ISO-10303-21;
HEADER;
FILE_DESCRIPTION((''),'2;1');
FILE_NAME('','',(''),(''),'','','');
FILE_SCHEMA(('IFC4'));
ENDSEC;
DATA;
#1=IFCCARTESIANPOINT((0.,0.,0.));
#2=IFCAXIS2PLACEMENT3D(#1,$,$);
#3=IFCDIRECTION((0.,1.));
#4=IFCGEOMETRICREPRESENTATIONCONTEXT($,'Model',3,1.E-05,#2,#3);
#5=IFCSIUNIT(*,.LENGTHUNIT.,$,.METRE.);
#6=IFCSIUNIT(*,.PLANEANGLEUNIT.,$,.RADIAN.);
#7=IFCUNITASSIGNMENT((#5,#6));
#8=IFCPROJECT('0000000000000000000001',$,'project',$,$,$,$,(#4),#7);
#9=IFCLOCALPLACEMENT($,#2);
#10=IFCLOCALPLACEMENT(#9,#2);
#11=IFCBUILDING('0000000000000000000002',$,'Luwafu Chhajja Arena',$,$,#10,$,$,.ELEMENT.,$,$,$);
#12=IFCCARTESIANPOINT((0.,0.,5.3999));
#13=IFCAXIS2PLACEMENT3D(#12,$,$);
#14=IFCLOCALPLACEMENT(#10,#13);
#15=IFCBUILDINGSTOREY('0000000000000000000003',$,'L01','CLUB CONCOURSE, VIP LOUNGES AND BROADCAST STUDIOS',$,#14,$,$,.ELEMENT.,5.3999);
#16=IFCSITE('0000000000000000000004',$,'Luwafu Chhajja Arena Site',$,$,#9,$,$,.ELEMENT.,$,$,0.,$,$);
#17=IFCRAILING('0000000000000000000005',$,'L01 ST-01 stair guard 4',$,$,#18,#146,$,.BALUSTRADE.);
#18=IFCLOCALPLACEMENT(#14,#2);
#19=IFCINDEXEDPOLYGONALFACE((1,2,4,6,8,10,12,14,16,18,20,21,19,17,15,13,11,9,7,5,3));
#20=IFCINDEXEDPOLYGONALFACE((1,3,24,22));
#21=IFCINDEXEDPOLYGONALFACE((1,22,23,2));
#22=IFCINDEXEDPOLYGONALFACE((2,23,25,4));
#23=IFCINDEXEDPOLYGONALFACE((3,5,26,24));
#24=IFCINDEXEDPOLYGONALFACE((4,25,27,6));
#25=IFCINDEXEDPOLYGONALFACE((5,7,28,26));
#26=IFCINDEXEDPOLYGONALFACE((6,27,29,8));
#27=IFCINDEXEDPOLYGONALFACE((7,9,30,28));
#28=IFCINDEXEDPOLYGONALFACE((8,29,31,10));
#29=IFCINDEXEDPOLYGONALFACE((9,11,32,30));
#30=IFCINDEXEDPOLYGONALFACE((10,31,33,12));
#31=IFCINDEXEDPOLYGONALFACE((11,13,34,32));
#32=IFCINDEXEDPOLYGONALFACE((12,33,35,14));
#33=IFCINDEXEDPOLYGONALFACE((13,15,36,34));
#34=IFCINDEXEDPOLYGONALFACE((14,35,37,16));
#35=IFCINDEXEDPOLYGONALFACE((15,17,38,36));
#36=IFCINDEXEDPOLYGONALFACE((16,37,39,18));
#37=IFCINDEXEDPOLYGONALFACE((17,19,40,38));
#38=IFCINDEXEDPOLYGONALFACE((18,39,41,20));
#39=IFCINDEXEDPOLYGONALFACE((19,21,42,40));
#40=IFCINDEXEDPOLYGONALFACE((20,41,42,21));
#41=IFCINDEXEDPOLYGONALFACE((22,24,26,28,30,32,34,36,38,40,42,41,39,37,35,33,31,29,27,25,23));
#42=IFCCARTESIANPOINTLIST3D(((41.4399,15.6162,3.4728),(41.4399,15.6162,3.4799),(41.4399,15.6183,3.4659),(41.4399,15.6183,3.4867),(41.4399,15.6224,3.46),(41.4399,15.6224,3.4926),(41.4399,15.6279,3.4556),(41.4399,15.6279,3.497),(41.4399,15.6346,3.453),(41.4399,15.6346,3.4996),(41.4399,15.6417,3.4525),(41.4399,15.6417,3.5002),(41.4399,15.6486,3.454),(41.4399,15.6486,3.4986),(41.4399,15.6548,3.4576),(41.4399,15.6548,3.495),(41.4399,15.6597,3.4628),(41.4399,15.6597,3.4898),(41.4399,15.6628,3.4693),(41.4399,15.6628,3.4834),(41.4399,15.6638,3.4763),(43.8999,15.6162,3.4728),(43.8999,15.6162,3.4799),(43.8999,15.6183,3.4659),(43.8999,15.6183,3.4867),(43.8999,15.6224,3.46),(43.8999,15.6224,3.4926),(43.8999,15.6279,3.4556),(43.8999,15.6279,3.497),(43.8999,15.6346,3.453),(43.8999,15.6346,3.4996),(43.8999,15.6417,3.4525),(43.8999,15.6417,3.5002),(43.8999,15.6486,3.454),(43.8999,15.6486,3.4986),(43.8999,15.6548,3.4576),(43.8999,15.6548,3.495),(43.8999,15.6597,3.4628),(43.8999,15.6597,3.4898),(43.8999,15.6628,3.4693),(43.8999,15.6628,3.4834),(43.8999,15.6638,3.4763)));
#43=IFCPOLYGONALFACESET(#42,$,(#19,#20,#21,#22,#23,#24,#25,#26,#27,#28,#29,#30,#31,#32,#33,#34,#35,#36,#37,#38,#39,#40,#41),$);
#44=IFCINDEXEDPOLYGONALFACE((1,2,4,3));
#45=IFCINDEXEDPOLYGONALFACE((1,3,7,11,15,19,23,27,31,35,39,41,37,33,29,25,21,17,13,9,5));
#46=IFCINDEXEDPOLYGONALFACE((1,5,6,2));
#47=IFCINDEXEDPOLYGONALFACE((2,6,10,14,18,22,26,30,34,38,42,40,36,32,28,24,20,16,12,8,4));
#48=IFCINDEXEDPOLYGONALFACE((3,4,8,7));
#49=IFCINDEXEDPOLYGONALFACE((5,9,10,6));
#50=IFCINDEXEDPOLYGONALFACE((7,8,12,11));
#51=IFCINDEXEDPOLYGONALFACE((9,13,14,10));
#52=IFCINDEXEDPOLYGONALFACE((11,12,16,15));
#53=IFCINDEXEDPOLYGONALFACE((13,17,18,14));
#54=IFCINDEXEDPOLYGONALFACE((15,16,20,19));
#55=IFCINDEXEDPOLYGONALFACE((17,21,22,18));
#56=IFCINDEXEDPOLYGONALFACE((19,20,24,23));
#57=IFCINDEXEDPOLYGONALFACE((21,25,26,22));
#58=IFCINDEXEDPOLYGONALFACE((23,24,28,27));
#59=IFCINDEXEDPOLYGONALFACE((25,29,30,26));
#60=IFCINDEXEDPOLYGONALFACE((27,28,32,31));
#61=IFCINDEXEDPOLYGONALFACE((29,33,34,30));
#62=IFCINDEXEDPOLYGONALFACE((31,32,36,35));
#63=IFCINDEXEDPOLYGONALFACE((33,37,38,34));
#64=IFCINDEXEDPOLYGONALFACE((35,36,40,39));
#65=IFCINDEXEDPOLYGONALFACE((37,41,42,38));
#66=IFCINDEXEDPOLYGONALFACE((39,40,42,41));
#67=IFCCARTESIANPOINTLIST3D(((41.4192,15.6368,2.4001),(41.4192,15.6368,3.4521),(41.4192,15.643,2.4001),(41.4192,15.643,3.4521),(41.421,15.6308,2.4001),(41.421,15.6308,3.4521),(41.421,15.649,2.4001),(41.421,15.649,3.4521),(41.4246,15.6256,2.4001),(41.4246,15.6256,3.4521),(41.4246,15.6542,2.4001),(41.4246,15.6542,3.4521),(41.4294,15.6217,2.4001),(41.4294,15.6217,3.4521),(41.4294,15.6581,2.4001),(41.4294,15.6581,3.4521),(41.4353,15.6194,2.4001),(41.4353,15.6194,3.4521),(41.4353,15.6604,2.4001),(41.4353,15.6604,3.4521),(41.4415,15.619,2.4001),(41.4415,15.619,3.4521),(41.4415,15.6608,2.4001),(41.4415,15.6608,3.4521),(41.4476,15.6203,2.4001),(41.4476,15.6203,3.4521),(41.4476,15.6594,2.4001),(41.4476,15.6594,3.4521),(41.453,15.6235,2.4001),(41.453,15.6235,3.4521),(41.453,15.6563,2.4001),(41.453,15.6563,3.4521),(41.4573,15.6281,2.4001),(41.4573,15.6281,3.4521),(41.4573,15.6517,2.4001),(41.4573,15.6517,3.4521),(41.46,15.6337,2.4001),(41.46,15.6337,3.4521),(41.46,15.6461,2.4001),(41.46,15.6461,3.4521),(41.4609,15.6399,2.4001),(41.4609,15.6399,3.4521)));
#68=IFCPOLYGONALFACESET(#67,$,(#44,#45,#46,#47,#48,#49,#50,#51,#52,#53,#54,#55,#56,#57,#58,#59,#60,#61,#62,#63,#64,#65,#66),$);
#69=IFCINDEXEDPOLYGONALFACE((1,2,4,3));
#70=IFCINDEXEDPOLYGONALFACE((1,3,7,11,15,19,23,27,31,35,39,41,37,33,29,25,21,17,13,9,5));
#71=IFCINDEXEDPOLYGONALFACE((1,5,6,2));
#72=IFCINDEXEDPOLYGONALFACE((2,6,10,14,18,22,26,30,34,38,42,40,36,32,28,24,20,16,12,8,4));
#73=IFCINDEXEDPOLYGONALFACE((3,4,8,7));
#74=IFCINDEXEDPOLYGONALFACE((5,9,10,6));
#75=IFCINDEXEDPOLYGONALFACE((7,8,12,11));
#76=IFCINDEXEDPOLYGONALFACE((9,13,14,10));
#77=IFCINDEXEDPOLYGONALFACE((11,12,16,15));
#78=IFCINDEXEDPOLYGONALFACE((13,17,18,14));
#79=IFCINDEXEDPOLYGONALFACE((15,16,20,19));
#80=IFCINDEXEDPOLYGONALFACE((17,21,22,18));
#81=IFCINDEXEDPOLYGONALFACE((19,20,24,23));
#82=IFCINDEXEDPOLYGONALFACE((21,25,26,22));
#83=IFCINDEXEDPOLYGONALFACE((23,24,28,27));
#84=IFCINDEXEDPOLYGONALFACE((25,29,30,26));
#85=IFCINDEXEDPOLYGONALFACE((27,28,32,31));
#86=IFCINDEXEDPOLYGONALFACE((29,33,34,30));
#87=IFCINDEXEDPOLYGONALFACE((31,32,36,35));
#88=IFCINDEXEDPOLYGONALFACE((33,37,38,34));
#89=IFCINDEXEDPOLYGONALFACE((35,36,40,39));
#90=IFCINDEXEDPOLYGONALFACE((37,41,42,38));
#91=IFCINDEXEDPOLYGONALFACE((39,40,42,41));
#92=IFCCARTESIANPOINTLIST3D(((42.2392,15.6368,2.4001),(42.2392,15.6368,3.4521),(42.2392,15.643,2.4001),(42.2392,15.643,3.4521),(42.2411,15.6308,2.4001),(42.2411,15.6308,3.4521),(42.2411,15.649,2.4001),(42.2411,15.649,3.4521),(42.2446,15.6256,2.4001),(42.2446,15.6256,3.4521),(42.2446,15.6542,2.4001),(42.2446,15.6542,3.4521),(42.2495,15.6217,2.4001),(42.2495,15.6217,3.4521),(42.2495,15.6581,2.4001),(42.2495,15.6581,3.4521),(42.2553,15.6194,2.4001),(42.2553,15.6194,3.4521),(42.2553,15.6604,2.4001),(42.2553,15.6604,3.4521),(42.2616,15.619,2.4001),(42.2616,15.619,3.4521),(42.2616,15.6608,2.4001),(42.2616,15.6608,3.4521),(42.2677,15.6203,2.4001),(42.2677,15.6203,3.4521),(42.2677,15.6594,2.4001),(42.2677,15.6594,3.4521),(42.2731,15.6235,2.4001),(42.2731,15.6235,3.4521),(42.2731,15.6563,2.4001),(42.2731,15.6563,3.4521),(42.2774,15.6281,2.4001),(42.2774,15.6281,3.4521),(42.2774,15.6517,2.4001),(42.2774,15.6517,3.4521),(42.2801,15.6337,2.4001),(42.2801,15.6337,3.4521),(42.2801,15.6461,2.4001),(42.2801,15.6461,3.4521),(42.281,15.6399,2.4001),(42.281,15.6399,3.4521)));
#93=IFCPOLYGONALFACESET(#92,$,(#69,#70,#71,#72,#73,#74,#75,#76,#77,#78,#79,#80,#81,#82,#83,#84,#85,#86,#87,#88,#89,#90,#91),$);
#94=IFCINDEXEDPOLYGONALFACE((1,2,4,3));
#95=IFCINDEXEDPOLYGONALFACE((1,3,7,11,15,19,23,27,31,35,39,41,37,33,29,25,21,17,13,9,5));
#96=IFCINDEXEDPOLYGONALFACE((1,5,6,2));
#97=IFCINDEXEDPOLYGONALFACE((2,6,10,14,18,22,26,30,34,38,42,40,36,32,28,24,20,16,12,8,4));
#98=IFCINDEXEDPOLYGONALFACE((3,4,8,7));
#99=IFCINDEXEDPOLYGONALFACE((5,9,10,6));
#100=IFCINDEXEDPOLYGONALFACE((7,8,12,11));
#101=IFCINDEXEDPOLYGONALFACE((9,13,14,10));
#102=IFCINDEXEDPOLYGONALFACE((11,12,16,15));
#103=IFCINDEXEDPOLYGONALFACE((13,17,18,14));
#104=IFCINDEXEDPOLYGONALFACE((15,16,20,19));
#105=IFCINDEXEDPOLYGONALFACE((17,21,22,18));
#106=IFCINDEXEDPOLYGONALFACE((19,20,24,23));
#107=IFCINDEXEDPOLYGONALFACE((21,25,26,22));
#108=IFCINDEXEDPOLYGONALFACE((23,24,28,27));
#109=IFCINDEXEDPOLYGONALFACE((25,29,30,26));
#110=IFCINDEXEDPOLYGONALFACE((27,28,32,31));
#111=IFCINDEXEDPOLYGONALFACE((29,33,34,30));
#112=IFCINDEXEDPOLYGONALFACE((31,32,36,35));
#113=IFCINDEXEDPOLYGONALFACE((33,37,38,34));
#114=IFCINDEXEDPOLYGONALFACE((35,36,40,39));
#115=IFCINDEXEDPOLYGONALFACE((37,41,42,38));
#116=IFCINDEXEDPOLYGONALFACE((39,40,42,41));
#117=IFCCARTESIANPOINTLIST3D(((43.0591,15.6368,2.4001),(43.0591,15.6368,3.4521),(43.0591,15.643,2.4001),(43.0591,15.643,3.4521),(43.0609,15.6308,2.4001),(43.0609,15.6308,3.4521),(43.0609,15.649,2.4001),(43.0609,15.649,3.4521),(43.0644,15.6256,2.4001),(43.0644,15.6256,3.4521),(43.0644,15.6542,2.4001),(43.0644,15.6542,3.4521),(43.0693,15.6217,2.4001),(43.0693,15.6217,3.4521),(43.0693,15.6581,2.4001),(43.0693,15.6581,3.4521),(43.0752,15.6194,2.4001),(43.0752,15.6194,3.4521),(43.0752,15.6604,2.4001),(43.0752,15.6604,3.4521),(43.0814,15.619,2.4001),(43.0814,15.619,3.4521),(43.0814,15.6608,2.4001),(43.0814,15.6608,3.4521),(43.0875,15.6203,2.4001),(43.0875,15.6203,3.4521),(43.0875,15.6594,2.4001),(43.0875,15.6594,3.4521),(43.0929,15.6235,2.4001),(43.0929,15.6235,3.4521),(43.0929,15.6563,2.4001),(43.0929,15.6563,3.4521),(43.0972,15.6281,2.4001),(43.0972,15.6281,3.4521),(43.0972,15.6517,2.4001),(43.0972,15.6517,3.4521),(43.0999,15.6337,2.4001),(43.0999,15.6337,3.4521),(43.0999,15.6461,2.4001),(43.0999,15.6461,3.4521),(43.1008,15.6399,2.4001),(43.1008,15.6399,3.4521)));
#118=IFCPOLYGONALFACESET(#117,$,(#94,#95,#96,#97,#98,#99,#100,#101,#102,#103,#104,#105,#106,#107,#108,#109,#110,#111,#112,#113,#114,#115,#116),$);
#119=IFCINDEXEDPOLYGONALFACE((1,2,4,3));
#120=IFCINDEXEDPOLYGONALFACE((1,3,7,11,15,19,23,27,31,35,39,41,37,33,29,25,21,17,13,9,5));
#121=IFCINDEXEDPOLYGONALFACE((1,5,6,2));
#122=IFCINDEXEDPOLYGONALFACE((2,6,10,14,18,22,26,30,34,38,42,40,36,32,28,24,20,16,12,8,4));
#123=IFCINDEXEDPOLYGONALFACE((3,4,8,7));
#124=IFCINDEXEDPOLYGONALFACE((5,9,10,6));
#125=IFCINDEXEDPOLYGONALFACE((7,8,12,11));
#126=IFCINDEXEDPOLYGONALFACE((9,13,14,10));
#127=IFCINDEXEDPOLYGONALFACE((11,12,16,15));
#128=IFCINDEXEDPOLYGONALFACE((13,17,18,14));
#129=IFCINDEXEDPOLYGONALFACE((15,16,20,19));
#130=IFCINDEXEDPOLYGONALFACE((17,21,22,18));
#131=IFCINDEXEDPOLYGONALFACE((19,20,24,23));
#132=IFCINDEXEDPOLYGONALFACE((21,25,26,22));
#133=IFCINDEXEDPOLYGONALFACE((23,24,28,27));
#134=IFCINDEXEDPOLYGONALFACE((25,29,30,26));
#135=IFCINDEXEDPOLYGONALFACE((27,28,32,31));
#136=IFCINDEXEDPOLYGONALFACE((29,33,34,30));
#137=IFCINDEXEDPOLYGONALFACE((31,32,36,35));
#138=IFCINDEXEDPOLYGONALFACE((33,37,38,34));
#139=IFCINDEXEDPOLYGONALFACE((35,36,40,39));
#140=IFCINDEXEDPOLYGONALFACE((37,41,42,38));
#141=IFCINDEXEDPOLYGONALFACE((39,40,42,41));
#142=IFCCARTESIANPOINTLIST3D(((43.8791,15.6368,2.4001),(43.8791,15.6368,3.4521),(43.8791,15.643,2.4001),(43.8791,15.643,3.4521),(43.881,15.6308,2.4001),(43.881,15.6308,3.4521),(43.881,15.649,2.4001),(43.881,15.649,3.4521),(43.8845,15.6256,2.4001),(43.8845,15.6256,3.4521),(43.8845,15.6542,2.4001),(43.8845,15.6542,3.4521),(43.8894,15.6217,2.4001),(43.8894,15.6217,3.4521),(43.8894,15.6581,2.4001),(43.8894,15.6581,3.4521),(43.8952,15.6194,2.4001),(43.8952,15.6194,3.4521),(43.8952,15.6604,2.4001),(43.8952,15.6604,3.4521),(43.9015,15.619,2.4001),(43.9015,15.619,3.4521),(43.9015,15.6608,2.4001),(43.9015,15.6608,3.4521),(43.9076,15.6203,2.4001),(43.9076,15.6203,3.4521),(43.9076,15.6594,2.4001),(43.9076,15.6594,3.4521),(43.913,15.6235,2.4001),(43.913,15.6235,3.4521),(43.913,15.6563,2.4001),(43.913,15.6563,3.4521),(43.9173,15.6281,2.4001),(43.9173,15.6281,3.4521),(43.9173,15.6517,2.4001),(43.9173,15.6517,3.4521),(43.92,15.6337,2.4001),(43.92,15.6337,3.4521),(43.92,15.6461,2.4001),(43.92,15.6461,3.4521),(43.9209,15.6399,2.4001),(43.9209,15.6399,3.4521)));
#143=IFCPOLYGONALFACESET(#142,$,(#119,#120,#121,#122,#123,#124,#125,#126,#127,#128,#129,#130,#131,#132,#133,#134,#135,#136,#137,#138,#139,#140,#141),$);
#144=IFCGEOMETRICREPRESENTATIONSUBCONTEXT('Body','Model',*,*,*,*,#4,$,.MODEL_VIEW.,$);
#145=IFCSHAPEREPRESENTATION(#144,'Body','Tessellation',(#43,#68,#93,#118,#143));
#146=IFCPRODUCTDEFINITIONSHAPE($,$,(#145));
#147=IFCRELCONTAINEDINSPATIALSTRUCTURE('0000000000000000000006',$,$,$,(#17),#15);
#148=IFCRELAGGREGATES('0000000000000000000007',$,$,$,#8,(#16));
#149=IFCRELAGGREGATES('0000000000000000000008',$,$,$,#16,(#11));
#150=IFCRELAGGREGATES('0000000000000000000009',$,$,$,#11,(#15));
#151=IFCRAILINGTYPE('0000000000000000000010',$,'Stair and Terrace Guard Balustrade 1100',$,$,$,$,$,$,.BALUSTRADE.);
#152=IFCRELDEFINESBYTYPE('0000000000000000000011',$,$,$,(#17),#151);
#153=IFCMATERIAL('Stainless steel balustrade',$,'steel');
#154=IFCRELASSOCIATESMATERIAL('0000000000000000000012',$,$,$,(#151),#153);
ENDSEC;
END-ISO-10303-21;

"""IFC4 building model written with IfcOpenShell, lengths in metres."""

from ifc_helpers import new_model, si_unit, direction, frame, origin, origin_2d, place, context, subcontext, project, spatial, circle, extrude, material, type_object, element, save


model = new_model("IFC4")

# Units and contexts
model_context = context("Model", 3, precision=1e-05, world=origin(), true_north=direction((0.0, 1.0)))
body_context = subcontext(model_context, "Body", "Model", "MODEL_VIEW")
ifc_project = project(units=[si_unit("LENGTHUNIT", "METRE"), si_unit("PLANEANGLEUNIT", "RADIAN")], contexts=[model_context])

# Site, building, storey
site_placement = place(None, origin())
site = spatial("IfcSite", under=ifc_project, at=site_placement, Name="Luwafu Chhajja Arena Site", CompositionType="ELEMENT", RefElevation=0.0)
building_placement = place(site_placement, origin())
building = spatial("IfcBuilding", under=site, at=building_placement, Name="Luwafu Chhajja Arena", CompositionType="ELEMENT")
storey_placement = place(building_placement, frame((0.0, 0.0, 5.3999)))
storey = spatial("IfcBuildingStorey", under=building, at=storey_placement, Name="L01", Description="CLUB CONCOURSE, VIP LOUNGES AND BROADCAST STUDIOS", CompositionType="ELEMENT", Elevation=5.3999)

# Railing
ifc_material_1 = material(Name="Stainless steel balustrade", Category="steel")
railing_type_1 = type_object("IfcRailingType", Name="Stair and Terrace Guard Balustrade 1100", PredefinedType="BALUSTRADE", material=ifc_material_1)
railing_1_placement = place(storey_placement, frame((41.4399, 15.6399, 2.4001)))
element("IfcRailing", 1, at=railing_1_placement, inside=storey, type_object=railing_type_1, Name="L01 ST-01 stair guard 4", PredefinedType="BALUSTRADE", context=body_context, shape_type="SweptSolid", body=[
    extrude(circle(Radius=0.0239, at=origin_2d()), frame((0.0, 0.0, 1.0762), z_axis=(1.0, 0.0, 0.0), x_axis=(0.0, 1.0, 0.0)), (0.0, 0.0, 1.0), 2.46),
    extrude(circle(Radius=0.021, at=origin_2d()), origin(), (0.0, 0.0, 1.0), 1.052),
    extrude(circle(Radius=0.021, at=origin_2d()), frame((0.8201, 0.0, 0.0)), (0.0, 0.0, 1.0), 1.052),
    extrude(circle(Radius=0.021, at=origin_2d()), frame((1.6399, 0.0, 0.0)), (0.0, 0.0, 1.0), 1.052),
    extrude(circle(Radius=0.021, at=origin_2d()), frame((2.46, 0.0, 0.0)), (0.0, 0.0, 1.0), 1.052),
])

save(model, "model.ifc")
